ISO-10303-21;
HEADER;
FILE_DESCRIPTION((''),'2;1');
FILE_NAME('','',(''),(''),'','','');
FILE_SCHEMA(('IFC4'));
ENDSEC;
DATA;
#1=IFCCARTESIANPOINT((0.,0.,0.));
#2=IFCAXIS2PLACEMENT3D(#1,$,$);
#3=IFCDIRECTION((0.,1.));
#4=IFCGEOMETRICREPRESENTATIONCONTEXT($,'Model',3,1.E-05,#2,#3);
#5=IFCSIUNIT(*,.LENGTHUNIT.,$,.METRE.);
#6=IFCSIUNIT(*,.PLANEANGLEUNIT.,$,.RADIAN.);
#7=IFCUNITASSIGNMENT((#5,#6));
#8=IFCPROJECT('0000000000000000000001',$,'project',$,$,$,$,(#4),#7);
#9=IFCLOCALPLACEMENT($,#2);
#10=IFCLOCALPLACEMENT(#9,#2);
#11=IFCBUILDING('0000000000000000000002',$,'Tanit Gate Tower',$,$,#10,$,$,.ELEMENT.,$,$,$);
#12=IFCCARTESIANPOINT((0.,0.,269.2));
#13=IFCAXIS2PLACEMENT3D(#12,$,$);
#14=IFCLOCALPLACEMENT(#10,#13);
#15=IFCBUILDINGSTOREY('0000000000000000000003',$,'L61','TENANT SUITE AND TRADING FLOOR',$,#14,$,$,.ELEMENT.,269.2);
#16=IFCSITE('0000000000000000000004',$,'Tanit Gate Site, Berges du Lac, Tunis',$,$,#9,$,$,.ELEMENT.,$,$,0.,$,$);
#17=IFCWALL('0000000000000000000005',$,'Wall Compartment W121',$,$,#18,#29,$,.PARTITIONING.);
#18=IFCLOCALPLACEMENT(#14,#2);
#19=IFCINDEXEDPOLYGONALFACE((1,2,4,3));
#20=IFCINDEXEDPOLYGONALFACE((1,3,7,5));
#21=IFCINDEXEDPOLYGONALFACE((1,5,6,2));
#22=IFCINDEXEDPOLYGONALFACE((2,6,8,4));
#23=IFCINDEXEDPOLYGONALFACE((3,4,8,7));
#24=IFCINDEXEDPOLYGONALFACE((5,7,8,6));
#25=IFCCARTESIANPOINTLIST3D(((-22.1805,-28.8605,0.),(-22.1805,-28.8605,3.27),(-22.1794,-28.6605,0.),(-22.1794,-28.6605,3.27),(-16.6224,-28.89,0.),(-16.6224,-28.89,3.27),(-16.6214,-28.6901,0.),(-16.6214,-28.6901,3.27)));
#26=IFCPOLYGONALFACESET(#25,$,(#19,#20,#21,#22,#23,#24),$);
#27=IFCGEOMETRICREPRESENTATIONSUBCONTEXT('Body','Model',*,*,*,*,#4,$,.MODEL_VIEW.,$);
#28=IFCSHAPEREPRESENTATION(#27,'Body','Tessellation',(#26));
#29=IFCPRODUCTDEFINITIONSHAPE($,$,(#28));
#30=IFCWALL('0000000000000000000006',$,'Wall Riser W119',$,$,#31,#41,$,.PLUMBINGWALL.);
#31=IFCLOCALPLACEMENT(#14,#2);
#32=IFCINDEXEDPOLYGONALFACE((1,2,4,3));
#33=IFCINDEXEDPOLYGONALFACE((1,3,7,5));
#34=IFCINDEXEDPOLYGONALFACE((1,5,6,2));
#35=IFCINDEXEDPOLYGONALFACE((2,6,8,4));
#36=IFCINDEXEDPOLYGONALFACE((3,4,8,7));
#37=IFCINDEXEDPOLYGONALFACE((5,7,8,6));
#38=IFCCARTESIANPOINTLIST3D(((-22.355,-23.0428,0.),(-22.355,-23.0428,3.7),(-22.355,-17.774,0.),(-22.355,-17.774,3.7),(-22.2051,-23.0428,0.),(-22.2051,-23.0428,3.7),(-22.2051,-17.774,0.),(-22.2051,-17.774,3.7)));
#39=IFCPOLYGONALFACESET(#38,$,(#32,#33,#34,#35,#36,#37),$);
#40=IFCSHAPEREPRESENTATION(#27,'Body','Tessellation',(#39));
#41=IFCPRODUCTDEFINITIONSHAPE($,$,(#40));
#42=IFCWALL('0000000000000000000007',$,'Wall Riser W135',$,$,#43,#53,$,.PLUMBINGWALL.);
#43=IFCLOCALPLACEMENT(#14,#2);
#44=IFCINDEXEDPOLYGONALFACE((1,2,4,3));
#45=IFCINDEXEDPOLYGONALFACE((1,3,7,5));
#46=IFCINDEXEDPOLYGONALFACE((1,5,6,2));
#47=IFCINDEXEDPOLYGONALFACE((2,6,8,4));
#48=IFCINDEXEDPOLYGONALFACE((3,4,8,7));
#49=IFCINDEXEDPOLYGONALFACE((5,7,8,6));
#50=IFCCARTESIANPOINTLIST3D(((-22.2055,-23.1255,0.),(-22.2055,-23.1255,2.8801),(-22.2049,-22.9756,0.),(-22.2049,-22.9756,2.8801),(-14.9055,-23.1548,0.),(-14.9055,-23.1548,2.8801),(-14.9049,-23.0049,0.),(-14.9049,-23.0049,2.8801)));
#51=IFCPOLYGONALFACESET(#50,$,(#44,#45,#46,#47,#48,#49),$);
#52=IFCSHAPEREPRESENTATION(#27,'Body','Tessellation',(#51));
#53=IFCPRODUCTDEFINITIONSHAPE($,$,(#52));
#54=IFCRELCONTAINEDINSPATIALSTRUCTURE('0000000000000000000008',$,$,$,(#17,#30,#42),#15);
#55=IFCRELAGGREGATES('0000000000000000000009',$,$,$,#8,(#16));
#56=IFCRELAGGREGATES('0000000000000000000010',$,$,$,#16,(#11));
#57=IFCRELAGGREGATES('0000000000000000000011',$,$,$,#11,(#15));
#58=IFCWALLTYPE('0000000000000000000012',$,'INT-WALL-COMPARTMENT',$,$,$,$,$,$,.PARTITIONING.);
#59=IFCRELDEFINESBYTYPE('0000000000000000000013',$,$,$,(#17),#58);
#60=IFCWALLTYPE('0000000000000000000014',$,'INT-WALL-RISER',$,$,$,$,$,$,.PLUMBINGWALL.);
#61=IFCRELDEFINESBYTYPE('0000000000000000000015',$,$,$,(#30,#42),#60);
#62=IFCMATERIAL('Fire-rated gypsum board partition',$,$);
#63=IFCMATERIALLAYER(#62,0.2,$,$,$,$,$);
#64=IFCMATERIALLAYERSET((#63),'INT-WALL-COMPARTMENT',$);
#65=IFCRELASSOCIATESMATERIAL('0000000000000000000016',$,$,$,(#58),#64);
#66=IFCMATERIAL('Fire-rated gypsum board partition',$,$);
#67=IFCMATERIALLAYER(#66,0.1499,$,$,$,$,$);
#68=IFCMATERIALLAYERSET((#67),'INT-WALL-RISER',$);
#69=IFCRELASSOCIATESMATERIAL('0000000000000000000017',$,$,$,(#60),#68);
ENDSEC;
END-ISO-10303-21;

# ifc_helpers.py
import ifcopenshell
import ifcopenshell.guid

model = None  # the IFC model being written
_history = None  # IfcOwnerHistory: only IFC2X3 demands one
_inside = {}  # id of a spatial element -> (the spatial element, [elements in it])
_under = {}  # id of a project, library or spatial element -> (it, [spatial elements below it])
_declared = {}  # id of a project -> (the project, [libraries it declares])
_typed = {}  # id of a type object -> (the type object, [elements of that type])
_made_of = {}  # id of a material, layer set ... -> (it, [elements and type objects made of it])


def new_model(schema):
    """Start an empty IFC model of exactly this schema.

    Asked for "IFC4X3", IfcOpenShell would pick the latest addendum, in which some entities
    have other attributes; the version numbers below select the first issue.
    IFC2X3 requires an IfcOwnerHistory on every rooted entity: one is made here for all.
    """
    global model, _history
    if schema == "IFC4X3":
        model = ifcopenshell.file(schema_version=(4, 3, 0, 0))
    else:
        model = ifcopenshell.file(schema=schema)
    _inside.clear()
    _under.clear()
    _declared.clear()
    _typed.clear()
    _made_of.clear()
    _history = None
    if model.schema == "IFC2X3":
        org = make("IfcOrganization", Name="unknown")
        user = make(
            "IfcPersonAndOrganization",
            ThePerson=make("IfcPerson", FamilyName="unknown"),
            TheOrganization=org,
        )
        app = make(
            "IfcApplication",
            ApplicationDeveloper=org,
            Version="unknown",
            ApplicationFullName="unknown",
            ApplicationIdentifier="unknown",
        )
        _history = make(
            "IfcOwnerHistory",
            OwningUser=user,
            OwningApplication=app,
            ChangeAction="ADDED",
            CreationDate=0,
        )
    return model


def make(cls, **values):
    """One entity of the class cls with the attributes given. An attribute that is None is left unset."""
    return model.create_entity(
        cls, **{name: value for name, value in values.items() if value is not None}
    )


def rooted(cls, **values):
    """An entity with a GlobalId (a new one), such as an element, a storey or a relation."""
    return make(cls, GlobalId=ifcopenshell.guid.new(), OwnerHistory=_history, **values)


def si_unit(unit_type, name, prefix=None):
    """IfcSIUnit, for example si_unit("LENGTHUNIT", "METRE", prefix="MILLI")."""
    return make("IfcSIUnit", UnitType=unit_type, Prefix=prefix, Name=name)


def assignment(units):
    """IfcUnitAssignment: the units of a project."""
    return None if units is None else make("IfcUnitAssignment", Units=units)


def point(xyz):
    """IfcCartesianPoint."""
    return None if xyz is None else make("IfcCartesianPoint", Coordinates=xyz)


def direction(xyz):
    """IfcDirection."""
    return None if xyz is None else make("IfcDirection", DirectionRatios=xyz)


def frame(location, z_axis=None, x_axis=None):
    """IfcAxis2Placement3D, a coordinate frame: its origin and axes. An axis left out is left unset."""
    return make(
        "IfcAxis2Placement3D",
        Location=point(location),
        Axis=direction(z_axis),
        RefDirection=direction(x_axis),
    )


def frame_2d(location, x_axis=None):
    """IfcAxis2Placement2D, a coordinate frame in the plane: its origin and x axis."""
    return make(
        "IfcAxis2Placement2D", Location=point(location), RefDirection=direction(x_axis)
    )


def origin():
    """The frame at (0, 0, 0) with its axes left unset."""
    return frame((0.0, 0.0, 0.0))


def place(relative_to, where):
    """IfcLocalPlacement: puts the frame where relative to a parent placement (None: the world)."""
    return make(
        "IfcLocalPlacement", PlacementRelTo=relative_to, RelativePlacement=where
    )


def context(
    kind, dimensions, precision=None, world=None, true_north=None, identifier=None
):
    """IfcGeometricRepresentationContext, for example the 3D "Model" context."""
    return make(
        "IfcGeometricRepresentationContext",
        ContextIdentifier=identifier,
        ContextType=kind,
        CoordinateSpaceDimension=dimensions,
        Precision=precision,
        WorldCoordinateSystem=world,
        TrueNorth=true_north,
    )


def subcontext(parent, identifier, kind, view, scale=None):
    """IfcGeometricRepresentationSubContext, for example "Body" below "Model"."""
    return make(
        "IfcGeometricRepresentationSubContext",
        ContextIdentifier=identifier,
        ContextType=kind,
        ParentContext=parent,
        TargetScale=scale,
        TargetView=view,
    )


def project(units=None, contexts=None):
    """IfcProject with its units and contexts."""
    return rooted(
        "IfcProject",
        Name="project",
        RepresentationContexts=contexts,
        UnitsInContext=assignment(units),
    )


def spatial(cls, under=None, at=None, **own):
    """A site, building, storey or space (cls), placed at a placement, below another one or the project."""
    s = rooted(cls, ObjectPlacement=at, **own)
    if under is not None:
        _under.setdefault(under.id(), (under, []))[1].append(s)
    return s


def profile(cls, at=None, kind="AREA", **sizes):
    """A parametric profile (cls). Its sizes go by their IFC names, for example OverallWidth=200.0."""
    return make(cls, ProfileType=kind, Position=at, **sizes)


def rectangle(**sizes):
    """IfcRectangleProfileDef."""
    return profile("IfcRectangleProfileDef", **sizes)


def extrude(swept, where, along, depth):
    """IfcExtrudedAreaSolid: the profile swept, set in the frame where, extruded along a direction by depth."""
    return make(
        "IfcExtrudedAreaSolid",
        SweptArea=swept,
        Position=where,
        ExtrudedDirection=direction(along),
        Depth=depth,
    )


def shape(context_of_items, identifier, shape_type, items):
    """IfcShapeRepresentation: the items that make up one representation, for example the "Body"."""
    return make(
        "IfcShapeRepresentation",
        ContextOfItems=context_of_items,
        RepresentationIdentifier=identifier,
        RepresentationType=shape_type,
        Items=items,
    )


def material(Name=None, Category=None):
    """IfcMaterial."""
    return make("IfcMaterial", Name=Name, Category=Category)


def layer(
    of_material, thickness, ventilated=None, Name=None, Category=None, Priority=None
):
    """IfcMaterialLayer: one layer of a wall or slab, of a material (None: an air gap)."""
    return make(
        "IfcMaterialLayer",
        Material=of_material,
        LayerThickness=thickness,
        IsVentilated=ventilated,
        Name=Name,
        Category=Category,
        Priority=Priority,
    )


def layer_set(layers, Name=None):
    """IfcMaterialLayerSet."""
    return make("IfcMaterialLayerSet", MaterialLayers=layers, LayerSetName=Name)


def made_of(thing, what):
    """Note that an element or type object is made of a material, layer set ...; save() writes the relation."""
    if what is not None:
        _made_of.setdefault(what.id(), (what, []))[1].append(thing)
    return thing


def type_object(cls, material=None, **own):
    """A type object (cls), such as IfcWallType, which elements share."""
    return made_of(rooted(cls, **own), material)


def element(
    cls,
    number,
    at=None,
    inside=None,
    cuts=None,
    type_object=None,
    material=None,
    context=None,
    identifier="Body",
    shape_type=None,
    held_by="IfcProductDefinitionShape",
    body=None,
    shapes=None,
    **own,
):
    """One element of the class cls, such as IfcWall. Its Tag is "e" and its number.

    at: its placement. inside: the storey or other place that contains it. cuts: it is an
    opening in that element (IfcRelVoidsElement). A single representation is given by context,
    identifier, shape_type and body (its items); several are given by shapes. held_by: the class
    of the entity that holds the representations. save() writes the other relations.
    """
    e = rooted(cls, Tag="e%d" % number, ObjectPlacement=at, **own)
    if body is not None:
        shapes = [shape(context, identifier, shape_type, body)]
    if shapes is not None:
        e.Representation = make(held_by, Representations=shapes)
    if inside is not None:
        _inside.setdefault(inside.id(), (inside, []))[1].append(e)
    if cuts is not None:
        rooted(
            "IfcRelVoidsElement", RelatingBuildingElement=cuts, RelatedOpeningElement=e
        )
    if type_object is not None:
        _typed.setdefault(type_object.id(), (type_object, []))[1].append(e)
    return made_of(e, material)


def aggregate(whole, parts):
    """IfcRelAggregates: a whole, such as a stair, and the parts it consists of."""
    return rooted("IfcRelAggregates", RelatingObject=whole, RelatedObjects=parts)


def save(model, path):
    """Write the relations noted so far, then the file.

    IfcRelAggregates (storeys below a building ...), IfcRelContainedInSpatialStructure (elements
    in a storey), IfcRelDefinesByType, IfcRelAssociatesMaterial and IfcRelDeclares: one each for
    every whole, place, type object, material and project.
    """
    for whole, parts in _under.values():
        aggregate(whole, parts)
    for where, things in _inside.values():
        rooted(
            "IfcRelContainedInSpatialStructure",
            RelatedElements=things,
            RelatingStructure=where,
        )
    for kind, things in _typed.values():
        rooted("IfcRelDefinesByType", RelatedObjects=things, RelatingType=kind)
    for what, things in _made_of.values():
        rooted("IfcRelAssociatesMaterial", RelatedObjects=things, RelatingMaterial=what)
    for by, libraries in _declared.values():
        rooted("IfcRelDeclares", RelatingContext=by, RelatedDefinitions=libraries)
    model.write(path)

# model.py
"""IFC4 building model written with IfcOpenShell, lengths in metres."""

from ifc_helpers import new_model, si_unit, direction, frame, frame_2d, origin, place, context, subcontext, project, spatial, rectangle, extrude, material, layer, layer_set, type_object, element, save


model = new_model("IFC4")

# Units and contexts
model_context = context("Model", 3, precision=1e-05, world=origin(), true_north=direction((0.0, 1.0)))
body_context = subcontext(model_context, "Body", "Model", "MODEL_VIEW")
ifc_project = project(units=[si_unit("LENGTHUNIT", "METRE"), si_unit("PLANEANGLEUNIT", "RADIAN")], contexts=[model_context])

# Site, building, storey
site_placement = place(None, origin())
site = spatial("IfcSite", under=ifc_project, at=site_placement, Name="Tanit Gate Site, Berges du Lac, Tunis", CompositionType="ELEMENT", RefElevation=0.0)
building_placement = place(site_placement, origin())
building = spatial("IfcBuilding", under=site, at=building_placement, Name="Tanit Gate Tower", CompositionType="ELEMENT")
storey_placement = place(building_placement, frame((0.0, 0.0, 269.2)))
storey = spatial("IfcBuildingStorey", under=building, at=storey_placement, Name="L61", Description="TENANT SUITE AND TRADING FLOOR", CompositionType="ELEMENT", Elevation=269.2)

# Shared definitions
ifc_material_1 = material(Name="Fire-rated gypsum board partition")
ifc_layer_1 = layer(ifc_material_1, 0.2)
ifc_layer_set_1 = layer_set([ifc_layer_1], Name="INT-WALL-COMPARTMENT")
wall_type_1 = type_object("IfcWallType", Name="INT-WALL-COMPARTMENT", PredefinedType="PARTITIONING", material=ifc_layer_set_1)

# Walls
wall_1_placement = place(storey_placement, frame((-22.1799, -28.7605, 0.0), z_axis=(0.0, 0.0, 1.0), x_axis=(0.999986, -0.005315, 0.0)))
element("IfcWall", 1, at=wall_1_placement, inside=storey, type_object=wall_type_1, Name="Wall Compartment W121", PredefinedType="PARTITIONING", context=body_context, shape_type="SweptSolid", body=[
    extrude(rectangle(XDim=5.5581, YDim=0.2, at=frame_2d((2.7791, 0.0))), origin(), (0.0, 0.0, 1.0), 3.27),
])
ifc_material_2 = material(Name="Fire-rated gypsum board partition")
ifc_layer_2 = layer(ifc_material_2, 0.1499)
ifc_layer_set_2 = layer_set([ifc_layer_2], Name="INT-WALL-RISER")
wall_type_2 = type_object("IfcWallType", Name="INT-WALL-RISER", PredefinedType="PLUMBINGWALL", material=ifc_layer_set_2)
wall_2_placement = place(storey_placement, frame((-22.28, -23.0427, 0.0), z_axis=(0.0, 0.0, 1.0), x_axis=(0.0, 1.0, 0.0)))
element("IfcWall", 2, at=wall_2_placement, inside=storey, type_object=wall_type_2, Name="Wall Riser W119", PredefinedType="PLUMBINGWALL", context=body_context, shape_type="SweptSolid", body=[
    extrude(rectangle(XDim=5.2688, YDim=0.1499, at=frame_2d((2.6343, 0.0))), origin(), (0.0, 0.0, 1.0), 3.7),
])
wall_3_placement = place(storey_placement, frame((-22.2051, -23.0505, 0.0), z_axis=(0.0, 0.0, 1.0), x_axis=(0.999992, -0.004013, 0.0)))
element("IfcWall", 3, at=wall_3_placement, inside=storey, type_object=wall_type_2, Name="Wall Riser W135", PredefinedType="PLUMBINGWALL", context=body_context, shape_type="SweptSolid", body=[
    extrude(rectangle(XDim=7.3, YDim=0.1499, at=frame_2d((3.6499, 0.0))), origin(), (0.0, 0.0, 1.0), 2.8801),
])

save(model, "model.ifc")
